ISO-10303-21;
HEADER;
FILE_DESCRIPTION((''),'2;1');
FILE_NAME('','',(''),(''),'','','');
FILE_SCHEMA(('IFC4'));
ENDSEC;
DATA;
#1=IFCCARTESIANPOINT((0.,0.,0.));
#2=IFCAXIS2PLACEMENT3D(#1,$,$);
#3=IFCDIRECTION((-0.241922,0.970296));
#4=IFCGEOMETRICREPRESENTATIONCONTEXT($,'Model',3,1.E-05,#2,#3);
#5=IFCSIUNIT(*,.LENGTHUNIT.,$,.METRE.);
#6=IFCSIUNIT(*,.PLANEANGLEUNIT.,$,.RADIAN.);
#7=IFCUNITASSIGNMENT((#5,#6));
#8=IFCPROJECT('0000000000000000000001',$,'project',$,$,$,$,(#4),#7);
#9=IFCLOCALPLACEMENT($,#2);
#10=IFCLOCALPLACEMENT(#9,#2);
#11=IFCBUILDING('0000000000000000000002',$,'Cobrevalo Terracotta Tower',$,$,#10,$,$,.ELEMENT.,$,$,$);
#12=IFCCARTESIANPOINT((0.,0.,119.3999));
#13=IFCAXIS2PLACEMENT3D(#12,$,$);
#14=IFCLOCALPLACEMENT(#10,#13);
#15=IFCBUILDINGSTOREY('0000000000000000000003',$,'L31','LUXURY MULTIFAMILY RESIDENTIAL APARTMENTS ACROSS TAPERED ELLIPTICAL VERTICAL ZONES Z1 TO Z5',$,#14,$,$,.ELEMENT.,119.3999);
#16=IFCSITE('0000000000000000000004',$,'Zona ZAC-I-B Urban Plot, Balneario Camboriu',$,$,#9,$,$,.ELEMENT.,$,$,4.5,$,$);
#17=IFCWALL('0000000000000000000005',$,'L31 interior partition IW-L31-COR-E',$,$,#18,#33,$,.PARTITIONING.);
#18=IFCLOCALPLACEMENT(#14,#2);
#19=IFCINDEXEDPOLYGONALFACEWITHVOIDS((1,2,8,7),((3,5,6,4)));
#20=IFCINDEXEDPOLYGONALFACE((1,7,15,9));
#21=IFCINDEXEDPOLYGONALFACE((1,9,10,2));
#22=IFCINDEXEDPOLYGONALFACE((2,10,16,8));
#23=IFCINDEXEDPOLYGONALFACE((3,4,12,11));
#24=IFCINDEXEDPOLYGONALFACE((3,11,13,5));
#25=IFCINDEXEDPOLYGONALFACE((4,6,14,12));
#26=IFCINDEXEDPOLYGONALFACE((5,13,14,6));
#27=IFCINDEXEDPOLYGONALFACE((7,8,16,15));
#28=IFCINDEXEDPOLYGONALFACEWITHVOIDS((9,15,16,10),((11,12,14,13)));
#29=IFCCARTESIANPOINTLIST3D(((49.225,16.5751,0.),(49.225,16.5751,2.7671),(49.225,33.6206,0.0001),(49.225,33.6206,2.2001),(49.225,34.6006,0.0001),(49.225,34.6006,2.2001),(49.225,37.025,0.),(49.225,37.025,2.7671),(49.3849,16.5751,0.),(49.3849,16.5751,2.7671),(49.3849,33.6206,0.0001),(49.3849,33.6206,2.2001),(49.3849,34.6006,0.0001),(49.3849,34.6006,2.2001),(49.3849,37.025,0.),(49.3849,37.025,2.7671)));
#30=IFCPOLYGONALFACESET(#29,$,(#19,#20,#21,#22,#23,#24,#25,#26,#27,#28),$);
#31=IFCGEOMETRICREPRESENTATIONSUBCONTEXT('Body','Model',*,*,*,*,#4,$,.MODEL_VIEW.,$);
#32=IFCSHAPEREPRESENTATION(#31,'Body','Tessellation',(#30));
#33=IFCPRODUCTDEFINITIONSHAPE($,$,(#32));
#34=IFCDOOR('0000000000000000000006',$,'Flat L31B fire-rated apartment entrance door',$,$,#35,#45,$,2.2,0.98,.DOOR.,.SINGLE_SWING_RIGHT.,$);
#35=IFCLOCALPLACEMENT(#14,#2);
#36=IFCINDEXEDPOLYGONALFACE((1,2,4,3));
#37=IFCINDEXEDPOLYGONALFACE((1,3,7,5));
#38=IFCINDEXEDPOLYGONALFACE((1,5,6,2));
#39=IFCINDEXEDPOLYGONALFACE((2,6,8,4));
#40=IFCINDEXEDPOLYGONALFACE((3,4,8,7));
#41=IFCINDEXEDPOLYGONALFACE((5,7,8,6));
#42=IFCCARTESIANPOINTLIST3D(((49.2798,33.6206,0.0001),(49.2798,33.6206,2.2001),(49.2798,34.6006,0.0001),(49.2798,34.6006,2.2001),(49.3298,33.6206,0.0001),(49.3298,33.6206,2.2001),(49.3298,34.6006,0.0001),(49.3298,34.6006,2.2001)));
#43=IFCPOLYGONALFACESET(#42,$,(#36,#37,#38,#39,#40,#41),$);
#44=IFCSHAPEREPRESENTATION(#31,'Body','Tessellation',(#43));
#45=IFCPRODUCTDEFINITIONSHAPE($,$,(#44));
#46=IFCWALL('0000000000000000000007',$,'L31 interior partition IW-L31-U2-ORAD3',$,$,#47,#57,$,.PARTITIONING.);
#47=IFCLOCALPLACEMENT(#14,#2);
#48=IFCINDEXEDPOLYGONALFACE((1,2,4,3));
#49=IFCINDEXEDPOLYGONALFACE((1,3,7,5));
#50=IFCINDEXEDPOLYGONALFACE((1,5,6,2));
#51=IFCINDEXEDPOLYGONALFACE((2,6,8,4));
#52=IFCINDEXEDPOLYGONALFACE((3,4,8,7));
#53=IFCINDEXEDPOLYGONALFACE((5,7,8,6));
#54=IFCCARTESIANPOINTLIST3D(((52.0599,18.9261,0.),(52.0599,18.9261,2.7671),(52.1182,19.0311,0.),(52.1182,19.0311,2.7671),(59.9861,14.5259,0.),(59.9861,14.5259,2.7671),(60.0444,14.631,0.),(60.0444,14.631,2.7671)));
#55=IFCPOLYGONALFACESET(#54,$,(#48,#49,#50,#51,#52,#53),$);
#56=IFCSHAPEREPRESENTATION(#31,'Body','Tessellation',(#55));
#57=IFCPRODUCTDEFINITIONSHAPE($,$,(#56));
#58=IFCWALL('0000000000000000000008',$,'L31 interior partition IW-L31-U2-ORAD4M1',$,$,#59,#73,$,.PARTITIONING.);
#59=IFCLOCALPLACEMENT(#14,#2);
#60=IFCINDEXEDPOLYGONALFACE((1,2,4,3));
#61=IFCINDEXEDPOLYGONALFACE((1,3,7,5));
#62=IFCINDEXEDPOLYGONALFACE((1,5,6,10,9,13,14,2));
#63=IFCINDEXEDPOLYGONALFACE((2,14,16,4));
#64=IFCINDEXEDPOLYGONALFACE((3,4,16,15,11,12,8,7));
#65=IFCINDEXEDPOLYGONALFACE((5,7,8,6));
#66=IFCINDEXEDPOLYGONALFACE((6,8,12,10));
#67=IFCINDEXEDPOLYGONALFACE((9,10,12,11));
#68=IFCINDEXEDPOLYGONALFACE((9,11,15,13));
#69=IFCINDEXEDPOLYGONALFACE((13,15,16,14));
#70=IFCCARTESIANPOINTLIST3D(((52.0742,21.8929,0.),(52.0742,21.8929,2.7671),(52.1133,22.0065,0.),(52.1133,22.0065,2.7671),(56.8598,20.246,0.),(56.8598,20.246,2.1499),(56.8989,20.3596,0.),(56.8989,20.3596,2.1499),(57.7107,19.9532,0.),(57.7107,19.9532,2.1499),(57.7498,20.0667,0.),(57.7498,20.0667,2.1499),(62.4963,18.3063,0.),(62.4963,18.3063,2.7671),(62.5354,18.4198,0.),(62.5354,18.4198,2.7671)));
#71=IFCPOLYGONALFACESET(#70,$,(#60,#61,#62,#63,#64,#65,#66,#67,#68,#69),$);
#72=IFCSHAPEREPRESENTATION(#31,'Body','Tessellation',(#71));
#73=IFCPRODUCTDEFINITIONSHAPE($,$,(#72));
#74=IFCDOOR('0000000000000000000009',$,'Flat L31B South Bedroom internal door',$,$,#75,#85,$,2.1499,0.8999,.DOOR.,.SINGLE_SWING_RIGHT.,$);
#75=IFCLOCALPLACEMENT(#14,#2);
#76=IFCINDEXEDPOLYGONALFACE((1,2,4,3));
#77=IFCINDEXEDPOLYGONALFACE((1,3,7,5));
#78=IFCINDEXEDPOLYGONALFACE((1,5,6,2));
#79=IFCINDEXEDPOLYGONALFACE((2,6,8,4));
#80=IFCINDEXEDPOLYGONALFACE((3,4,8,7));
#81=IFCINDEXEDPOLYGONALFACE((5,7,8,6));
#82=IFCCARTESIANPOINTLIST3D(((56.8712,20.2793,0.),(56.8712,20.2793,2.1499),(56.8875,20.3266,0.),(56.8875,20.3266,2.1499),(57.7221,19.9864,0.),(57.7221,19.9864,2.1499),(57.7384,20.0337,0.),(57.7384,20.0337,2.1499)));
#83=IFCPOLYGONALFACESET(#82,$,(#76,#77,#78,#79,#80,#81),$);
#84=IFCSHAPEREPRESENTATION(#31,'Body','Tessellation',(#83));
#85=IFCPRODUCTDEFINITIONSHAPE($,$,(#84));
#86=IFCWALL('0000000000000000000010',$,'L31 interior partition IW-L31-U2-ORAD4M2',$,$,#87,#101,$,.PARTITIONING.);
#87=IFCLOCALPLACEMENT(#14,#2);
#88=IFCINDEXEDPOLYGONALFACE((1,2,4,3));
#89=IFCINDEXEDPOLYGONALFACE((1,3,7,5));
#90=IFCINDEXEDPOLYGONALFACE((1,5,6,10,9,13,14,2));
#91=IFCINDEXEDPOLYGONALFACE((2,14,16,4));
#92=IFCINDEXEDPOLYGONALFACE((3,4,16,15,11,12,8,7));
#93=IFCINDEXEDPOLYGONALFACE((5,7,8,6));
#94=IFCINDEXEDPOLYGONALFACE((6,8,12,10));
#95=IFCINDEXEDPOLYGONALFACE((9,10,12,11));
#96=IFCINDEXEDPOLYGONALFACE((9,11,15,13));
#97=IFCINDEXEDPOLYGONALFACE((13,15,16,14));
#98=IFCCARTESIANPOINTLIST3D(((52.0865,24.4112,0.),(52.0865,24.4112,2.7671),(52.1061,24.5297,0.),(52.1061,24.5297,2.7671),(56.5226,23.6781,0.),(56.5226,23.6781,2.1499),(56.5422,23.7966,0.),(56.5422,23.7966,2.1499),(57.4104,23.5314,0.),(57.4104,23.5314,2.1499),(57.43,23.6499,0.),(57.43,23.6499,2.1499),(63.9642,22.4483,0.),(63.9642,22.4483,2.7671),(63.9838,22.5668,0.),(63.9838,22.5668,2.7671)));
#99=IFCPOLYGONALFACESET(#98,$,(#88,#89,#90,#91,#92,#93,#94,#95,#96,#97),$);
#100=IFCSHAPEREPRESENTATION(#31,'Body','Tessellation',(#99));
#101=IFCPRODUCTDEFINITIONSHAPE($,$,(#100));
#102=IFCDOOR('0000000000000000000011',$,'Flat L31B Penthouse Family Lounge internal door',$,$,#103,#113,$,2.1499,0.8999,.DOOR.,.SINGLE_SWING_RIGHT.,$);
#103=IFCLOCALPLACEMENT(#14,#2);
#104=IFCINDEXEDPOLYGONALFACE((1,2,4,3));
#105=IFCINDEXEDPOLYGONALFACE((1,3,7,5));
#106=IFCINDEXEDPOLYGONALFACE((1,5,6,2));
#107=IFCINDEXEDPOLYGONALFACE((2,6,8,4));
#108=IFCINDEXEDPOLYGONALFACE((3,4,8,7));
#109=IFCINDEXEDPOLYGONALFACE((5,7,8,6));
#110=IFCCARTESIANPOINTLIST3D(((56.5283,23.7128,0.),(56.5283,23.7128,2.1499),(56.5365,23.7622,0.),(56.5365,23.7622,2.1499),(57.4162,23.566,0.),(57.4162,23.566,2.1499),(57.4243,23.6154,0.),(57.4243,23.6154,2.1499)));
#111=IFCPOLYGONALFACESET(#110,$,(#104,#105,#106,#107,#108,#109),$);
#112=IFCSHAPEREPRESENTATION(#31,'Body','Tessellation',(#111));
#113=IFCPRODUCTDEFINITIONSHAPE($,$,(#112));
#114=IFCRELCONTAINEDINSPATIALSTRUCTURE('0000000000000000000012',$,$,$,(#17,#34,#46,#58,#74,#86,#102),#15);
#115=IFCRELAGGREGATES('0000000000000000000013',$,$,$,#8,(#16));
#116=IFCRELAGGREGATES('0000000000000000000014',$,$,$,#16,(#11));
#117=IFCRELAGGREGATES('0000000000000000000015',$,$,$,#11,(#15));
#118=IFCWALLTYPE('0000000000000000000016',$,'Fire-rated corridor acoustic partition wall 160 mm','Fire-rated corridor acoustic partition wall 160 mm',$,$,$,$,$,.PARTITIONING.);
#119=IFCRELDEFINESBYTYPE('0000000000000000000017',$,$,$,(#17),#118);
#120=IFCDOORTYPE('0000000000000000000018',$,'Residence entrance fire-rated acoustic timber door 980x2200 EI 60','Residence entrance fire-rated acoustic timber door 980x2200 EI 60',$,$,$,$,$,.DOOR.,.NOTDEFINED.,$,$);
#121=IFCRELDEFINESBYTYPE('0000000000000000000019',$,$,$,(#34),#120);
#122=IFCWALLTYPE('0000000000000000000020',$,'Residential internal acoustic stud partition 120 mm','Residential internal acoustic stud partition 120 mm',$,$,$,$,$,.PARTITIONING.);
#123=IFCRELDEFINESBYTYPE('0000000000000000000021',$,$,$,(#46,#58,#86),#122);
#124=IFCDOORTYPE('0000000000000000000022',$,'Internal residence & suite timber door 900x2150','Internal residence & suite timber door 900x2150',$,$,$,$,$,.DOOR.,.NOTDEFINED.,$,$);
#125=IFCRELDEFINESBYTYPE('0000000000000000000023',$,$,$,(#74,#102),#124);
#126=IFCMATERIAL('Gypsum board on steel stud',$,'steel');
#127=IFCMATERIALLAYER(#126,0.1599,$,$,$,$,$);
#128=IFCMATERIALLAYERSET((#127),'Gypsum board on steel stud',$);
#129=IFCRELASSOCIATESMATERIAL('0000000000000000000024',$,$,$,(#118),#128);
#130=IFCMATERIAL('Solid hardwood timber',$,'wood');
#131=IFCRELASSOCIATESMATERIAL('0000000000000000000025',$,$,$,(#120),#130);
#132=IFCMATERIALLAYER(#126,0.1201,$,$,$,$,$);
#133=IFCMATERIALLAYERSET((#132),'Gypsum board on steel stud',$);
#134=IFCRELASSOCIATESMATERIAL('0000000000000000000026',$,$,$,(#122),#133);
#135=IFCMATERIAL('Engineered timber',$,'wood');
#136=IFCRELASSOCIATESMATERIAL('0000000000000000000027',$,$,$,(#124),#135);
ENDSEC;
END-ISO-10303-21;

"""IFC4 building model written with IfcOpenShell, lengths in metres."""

from ifc_helpers import new_model, si_unit, direction, frame, frame_2d, origin, place, context, subcontext, project, spatial, rectangle, extrude, source, transform, mapped, material, layer, layer_set, type_object, element, fill, save


model = new_model("IFC4")

# Units and contexts
model_context = context("Model", 3, precision=1e-05, world=origin(), true_north=direction((-0.241922, 0.970296)))
body_context = subcontext(model_context, "Body", "Model", "MODEL_VIEW")
ifc_project = project(units=[si_unit("LENGTHUNIT", "METRE"), si_unit("PLANEANGLEUNIT", "RADIAN")], contexts=[model_context])

# Site, building, storey
site_placement = place(None, origin())
site = spatial("IfcSite", under=ifc_project, at=site_placement, Name="Zona ZAC-I-B Urban Plot, Balneario Camboriu", CompositionType="ELEMENT", RefElevation=4.5)
building_placement = place(site_placement, origin())
building = spatial("IfcBuilding", under=site, at=building_placement, Name="Cobrevalo Terracotta Tower", CompositionType="ELEMENT")
storey_placement = place(building_placement, frame((0.0, 0.0, 119.3999)))
storey = spatial("IfcBuildingStorey", under=building, at=storey_placement, Name="L31", Description="LUXURY MULTIFAMILY RESIDENTIAL APARTMENTS ACROSS TAPERED ELLIPTICAL VERTICAL ZONES Z1 TO Z5", CompositionType="ELEMENT", Elevation=119.3999)

# Wall, opening, door
ifc_material_1 = material(Name="Gypsum board on steel stud", Category="steel")
ifc_layer_1 = layer(ifc_material_1, 0.1599)
ifc_layer_set_1 = layer_set([ifc_layer_1], Name="Gypsum board on steel stud")
wall_type_1 = type_object("IfcWallType", Name="Fire-rated corridor acoustic partition wall 160 mm", Description="Fire-rated corridor acoustic partition wall 160 mm", PredefinedType="PARTITIONING", material=ifc_layer_set_1)
wall_1_placement = place(storey_placement, frame((49.3049, 16.575, 0.0), z_axis=(0.0, 0.0, 1.0), x_axis=(0.0, 1.0, 0.0)))
wall_1 = element("IfcWall", 1, at=wall_1_placement, inside=storey, type_object=wall_type_1, Name="L31 interior partition IW-L31-COR-E", PredefinedType="PARTITIONING", context=body_context, shape_type="SweptSolid", body=[
    extrude(rectangle(XDim=20.45, YDim=0.1599, at=frame_2d((10.2251, 0.0))), origin(), (0.0, 0.0, 1.0), 2.7671),
])
opening_1_placement = place(wall_1_placement, frame((17.0457, 0.0, 0.0)))
opening_1 = element("IfcOpeningElement", 2, at=opening_1_placement, cuts=wall_1, PredefinedType="OPENING", context=body_context, shape_type="SweptSolid", body=[
    extrude(rectangle(XDim=0.98, YDim=2.2, at=frame_2d((0.49, 1.1001))), frame((0.0, 0.0898, 0.0), z_axis=(0.0, -1.0, 0.0), x_axis=(1.0, 0.0, 0.0)), (0.0, 0.0, 1.0), 0.1799),
])
ifc_material_2 = material(Name="Solid hardwood timber", Category="wood")
door_type_1 = type_object("IfcDoorType", Name="Residence entrance fire-rated acoustic timber door 980x2200 EI 60", Description="Residence entrance fire-rated acoustic timber door 980x2200 EI 60", OperationType="NOTDEFINED", PredefinedType="DOOR", material=ifc_material_2)
shared_shape_1 = source(origin(), body_context, "Body", "SweptSolid", [
    extrude(rectangle(XDim=0.98, YDim=2.2, at=frame_2d((0.49, 1.1001))), frame((0.0, 0.0249, 0.0), z_axis=(0.0, -1.0, 0.0), x_axis=(1.0, 0.0, 0.0)), (0.0, 0.0, 1.0), 0.05),
])
door_1_placement = place(opening_1_placement, frame((0.98, 0.0, 0.0), z_axis=(0.0, 0.0, 1.0), x_axis=(-1.0, 0.0, 0.0)))
door_1 = element("IfcDoor", 3, at=door_1_placement, inside=storey, type_object=door_type_1, Name="Flat L31B fire-rated apartment entrance door", OperationType="SINGLE_SWING_RIGHT", OverallHeight=2.2, OverallWidth=0.98, PredefinedType="DOOR", context=body_context, shape_type="MappedRepresentation", body=[
    mapped(shared_shape_1, transform((0.0, 0.0, 0.0), scale=1.0)),
])
fill(opening_1, door_1)

# Wall
ifc_layer_2 = layer(ifc_material_1, 0.1201)
ifc_layer_set_2 = layer_set([ifc_layer_2], Name="Gypsum board on steel stud")
wall_type_2 = type_object("IfcWallType", Name="Residential internal acoustic stud partition 120 mm", Description="Residential internal acoustic stud partition 120 mm", PredefinedType="PARTITIONING", material=ifc_layer_set_2)
wall_2_placement = place(storey_placement, frame((52.0891, 18.9785, 0.0), z_axis=(0.0, 0.0, 1.0), x_axis=(0.874313, -0.485362, 0.0)))
element("IfcWall", 4, at=wall_2_placement, inside=storey, type_object=wall_type_2, Name="L31 interior partition IW-L31-U2-ORAD3", PredefinedType="PARTITIONING", context=body_context, shape_type="SweptSolid", body=[
    extrude(rectangle(XDim=9.0657, YDim=0.1201, at=frame_2d((4.5327, 0.0))), origin(), (0.0, 0.0, 1.0), 2.7671),
])

# Walls, openings, doors
wall_3_placement = place(storey_placement, frame((52.0938, 21.9497, 0.0), z_axis=(0.0, 0.0, 1.0), x_axis=(0.945573, -0.32541, 0.0)))
wall_3 = element("IfcWall", 5, at=wall_3_placement, inside=storey, type_object=wall_type_2, Name="L31 interior partition IW-L31-U2-ORAD4M1", PredefinedType="PARTITIONING", context=body_context, shape_type="SweptSolid", body=[
    extrude(rectangle(XDim=11.022, YDim=0.1201, at=frame_2d((5.511, 0.0))), origin(), (0.0, 0.0, 1.0), 2.7671),
])
opening_2_placement = place(wall_3_placement, frame((5.061, 0.0, 0.0)))
opening_2 = element("IfcOpeningElement", 6, at=opening_2_placement, cuts=wall_3, PredefinedType="OPENING", context=body_context, shape_type="SweptSolid", body=[
    extrude(rectangle(XDim=0.8999, YDim=2.1499, at=frame_2d((0.45, 1.075))), frame((0.0, 0.0701, 0.0), z_axis=(0.0, -1.0, 0.0), x_axis=(1.0, 0.0, 0.0)), (0.0, 0.0, 1.0), 0.1401),
])
ifc_material_3 = material(Name="Engineered timber", Category="wood")
door_type_2 = type_object("IfcDoorType", Name="Internal residence & suite timber door 900x2150", Description="Internal residence & suite timber door 900x2150", OperationType="NOTDEFINED", PredefinedType="DOOR", material=ifc_material_3)
shared_shape_2 = source(origin(), body_context, "Body", "SweptSolid", [
    extrude(rectangle(XDim=0.8999, YDim=2.1499, at=frame_2d((0.45, 1.075))), frame((0.0, 0.0249, 0.0), z_axis=(0.0, -1.0, 0.0), x_axis=(1.0, 0.0, 0.0)), (0.0, 0.0, 1.0), 0.05),
])
door_2_placement = place(opening_2_placement, frame((0.8999, 0.0, 0.0), z_axis=(0.0, 0.0, 1.0), x_axis=(-1.0, 0.0, 0.0)))
door_2 = element("IfcDoor", 7, at=door_2_placement, inside=storey, type_object=door_type_2, Name="Flat L31B South Bedroom internal door", OperationType="SINGLE_SWING_RIGHT", OverallHeight=2.1499, OverallWidth=0.8999, PredefinedType="DOOR", context=body_context, shape_type="MappedRepresentation", body=[
    mapped(shared_shape_2, transform((0.0, 0.0, 0.0), scale=1.0)),
])
fill(opening_2, door_2)
wall_4_placement = place(storey_placement, frame((52.0962, 24.4705, 0.0), z_axis=(0.0, 0.0, 1.0), x_axis=(0.986618, -0.163047, 0.0)))
wall_4 = element("IfcWall", 8, at=wall_4_placement, inside=storey, type_object=wall_type_2, Name="L31 interior partition IW-L31-U2-ORAD4M2", PredefinedType="PARTITIONING", context=body_context, shape_type="SweptSolid", body=[
    extrude(rectangle(XDim=12.0388, YDim=0.1201, at=frame_2d((6.0195, 0.0))), origin(), (0.0, 0.0, 1.0), 2.7671),
])
opening_3_placement = place(wall_4_placement, frame((4.4963, 0.0, 0.0)))
opening_3 = element("IfcOpeningElement", 9, at=opening_3_placement, cuts=wall_4, PredefinedType="OPENING", context=body_context, shape_type="SweptSolid", body=[
    extrude(rectangle(XDim=0.8999, YDim=2.1499, at=frame_2d((0.45, 1.075))), frame((0.0, 0.0701, 0.0), z_axis=(0.0, -1.0, 0.0), x_axis=(1.0, 0.0, 0.0)), (0.0, 0.0, 1.0), 0.1401),
])
door_3_placement = place(opening_3_placement, frame((0.8999, 0.0, 0.0), z_axis=(0.0, 0.0, 1.0), x_axis=(-1.0, 0.0, 0.0)))
door_3 = element("IfcDoor", 10, at=door_3_placement, inside=storey, type_object=door_type_2, Name="Flat L31B Penthouse Family Lounge internal door", OperationType="SINGLE_SWING_RIGHT", OverallHeight=2.1499, OverallWidth=0.8999, PredefinedType="DOOR", context=body_context, shape_type="MappedRepresentation", body=[
    mapped(shared_shape_2, transform((0.0, 0.0, 0.0), scale=1.0)),
])
fill(opening_3, door_3)

save(model, "model.ifc")
